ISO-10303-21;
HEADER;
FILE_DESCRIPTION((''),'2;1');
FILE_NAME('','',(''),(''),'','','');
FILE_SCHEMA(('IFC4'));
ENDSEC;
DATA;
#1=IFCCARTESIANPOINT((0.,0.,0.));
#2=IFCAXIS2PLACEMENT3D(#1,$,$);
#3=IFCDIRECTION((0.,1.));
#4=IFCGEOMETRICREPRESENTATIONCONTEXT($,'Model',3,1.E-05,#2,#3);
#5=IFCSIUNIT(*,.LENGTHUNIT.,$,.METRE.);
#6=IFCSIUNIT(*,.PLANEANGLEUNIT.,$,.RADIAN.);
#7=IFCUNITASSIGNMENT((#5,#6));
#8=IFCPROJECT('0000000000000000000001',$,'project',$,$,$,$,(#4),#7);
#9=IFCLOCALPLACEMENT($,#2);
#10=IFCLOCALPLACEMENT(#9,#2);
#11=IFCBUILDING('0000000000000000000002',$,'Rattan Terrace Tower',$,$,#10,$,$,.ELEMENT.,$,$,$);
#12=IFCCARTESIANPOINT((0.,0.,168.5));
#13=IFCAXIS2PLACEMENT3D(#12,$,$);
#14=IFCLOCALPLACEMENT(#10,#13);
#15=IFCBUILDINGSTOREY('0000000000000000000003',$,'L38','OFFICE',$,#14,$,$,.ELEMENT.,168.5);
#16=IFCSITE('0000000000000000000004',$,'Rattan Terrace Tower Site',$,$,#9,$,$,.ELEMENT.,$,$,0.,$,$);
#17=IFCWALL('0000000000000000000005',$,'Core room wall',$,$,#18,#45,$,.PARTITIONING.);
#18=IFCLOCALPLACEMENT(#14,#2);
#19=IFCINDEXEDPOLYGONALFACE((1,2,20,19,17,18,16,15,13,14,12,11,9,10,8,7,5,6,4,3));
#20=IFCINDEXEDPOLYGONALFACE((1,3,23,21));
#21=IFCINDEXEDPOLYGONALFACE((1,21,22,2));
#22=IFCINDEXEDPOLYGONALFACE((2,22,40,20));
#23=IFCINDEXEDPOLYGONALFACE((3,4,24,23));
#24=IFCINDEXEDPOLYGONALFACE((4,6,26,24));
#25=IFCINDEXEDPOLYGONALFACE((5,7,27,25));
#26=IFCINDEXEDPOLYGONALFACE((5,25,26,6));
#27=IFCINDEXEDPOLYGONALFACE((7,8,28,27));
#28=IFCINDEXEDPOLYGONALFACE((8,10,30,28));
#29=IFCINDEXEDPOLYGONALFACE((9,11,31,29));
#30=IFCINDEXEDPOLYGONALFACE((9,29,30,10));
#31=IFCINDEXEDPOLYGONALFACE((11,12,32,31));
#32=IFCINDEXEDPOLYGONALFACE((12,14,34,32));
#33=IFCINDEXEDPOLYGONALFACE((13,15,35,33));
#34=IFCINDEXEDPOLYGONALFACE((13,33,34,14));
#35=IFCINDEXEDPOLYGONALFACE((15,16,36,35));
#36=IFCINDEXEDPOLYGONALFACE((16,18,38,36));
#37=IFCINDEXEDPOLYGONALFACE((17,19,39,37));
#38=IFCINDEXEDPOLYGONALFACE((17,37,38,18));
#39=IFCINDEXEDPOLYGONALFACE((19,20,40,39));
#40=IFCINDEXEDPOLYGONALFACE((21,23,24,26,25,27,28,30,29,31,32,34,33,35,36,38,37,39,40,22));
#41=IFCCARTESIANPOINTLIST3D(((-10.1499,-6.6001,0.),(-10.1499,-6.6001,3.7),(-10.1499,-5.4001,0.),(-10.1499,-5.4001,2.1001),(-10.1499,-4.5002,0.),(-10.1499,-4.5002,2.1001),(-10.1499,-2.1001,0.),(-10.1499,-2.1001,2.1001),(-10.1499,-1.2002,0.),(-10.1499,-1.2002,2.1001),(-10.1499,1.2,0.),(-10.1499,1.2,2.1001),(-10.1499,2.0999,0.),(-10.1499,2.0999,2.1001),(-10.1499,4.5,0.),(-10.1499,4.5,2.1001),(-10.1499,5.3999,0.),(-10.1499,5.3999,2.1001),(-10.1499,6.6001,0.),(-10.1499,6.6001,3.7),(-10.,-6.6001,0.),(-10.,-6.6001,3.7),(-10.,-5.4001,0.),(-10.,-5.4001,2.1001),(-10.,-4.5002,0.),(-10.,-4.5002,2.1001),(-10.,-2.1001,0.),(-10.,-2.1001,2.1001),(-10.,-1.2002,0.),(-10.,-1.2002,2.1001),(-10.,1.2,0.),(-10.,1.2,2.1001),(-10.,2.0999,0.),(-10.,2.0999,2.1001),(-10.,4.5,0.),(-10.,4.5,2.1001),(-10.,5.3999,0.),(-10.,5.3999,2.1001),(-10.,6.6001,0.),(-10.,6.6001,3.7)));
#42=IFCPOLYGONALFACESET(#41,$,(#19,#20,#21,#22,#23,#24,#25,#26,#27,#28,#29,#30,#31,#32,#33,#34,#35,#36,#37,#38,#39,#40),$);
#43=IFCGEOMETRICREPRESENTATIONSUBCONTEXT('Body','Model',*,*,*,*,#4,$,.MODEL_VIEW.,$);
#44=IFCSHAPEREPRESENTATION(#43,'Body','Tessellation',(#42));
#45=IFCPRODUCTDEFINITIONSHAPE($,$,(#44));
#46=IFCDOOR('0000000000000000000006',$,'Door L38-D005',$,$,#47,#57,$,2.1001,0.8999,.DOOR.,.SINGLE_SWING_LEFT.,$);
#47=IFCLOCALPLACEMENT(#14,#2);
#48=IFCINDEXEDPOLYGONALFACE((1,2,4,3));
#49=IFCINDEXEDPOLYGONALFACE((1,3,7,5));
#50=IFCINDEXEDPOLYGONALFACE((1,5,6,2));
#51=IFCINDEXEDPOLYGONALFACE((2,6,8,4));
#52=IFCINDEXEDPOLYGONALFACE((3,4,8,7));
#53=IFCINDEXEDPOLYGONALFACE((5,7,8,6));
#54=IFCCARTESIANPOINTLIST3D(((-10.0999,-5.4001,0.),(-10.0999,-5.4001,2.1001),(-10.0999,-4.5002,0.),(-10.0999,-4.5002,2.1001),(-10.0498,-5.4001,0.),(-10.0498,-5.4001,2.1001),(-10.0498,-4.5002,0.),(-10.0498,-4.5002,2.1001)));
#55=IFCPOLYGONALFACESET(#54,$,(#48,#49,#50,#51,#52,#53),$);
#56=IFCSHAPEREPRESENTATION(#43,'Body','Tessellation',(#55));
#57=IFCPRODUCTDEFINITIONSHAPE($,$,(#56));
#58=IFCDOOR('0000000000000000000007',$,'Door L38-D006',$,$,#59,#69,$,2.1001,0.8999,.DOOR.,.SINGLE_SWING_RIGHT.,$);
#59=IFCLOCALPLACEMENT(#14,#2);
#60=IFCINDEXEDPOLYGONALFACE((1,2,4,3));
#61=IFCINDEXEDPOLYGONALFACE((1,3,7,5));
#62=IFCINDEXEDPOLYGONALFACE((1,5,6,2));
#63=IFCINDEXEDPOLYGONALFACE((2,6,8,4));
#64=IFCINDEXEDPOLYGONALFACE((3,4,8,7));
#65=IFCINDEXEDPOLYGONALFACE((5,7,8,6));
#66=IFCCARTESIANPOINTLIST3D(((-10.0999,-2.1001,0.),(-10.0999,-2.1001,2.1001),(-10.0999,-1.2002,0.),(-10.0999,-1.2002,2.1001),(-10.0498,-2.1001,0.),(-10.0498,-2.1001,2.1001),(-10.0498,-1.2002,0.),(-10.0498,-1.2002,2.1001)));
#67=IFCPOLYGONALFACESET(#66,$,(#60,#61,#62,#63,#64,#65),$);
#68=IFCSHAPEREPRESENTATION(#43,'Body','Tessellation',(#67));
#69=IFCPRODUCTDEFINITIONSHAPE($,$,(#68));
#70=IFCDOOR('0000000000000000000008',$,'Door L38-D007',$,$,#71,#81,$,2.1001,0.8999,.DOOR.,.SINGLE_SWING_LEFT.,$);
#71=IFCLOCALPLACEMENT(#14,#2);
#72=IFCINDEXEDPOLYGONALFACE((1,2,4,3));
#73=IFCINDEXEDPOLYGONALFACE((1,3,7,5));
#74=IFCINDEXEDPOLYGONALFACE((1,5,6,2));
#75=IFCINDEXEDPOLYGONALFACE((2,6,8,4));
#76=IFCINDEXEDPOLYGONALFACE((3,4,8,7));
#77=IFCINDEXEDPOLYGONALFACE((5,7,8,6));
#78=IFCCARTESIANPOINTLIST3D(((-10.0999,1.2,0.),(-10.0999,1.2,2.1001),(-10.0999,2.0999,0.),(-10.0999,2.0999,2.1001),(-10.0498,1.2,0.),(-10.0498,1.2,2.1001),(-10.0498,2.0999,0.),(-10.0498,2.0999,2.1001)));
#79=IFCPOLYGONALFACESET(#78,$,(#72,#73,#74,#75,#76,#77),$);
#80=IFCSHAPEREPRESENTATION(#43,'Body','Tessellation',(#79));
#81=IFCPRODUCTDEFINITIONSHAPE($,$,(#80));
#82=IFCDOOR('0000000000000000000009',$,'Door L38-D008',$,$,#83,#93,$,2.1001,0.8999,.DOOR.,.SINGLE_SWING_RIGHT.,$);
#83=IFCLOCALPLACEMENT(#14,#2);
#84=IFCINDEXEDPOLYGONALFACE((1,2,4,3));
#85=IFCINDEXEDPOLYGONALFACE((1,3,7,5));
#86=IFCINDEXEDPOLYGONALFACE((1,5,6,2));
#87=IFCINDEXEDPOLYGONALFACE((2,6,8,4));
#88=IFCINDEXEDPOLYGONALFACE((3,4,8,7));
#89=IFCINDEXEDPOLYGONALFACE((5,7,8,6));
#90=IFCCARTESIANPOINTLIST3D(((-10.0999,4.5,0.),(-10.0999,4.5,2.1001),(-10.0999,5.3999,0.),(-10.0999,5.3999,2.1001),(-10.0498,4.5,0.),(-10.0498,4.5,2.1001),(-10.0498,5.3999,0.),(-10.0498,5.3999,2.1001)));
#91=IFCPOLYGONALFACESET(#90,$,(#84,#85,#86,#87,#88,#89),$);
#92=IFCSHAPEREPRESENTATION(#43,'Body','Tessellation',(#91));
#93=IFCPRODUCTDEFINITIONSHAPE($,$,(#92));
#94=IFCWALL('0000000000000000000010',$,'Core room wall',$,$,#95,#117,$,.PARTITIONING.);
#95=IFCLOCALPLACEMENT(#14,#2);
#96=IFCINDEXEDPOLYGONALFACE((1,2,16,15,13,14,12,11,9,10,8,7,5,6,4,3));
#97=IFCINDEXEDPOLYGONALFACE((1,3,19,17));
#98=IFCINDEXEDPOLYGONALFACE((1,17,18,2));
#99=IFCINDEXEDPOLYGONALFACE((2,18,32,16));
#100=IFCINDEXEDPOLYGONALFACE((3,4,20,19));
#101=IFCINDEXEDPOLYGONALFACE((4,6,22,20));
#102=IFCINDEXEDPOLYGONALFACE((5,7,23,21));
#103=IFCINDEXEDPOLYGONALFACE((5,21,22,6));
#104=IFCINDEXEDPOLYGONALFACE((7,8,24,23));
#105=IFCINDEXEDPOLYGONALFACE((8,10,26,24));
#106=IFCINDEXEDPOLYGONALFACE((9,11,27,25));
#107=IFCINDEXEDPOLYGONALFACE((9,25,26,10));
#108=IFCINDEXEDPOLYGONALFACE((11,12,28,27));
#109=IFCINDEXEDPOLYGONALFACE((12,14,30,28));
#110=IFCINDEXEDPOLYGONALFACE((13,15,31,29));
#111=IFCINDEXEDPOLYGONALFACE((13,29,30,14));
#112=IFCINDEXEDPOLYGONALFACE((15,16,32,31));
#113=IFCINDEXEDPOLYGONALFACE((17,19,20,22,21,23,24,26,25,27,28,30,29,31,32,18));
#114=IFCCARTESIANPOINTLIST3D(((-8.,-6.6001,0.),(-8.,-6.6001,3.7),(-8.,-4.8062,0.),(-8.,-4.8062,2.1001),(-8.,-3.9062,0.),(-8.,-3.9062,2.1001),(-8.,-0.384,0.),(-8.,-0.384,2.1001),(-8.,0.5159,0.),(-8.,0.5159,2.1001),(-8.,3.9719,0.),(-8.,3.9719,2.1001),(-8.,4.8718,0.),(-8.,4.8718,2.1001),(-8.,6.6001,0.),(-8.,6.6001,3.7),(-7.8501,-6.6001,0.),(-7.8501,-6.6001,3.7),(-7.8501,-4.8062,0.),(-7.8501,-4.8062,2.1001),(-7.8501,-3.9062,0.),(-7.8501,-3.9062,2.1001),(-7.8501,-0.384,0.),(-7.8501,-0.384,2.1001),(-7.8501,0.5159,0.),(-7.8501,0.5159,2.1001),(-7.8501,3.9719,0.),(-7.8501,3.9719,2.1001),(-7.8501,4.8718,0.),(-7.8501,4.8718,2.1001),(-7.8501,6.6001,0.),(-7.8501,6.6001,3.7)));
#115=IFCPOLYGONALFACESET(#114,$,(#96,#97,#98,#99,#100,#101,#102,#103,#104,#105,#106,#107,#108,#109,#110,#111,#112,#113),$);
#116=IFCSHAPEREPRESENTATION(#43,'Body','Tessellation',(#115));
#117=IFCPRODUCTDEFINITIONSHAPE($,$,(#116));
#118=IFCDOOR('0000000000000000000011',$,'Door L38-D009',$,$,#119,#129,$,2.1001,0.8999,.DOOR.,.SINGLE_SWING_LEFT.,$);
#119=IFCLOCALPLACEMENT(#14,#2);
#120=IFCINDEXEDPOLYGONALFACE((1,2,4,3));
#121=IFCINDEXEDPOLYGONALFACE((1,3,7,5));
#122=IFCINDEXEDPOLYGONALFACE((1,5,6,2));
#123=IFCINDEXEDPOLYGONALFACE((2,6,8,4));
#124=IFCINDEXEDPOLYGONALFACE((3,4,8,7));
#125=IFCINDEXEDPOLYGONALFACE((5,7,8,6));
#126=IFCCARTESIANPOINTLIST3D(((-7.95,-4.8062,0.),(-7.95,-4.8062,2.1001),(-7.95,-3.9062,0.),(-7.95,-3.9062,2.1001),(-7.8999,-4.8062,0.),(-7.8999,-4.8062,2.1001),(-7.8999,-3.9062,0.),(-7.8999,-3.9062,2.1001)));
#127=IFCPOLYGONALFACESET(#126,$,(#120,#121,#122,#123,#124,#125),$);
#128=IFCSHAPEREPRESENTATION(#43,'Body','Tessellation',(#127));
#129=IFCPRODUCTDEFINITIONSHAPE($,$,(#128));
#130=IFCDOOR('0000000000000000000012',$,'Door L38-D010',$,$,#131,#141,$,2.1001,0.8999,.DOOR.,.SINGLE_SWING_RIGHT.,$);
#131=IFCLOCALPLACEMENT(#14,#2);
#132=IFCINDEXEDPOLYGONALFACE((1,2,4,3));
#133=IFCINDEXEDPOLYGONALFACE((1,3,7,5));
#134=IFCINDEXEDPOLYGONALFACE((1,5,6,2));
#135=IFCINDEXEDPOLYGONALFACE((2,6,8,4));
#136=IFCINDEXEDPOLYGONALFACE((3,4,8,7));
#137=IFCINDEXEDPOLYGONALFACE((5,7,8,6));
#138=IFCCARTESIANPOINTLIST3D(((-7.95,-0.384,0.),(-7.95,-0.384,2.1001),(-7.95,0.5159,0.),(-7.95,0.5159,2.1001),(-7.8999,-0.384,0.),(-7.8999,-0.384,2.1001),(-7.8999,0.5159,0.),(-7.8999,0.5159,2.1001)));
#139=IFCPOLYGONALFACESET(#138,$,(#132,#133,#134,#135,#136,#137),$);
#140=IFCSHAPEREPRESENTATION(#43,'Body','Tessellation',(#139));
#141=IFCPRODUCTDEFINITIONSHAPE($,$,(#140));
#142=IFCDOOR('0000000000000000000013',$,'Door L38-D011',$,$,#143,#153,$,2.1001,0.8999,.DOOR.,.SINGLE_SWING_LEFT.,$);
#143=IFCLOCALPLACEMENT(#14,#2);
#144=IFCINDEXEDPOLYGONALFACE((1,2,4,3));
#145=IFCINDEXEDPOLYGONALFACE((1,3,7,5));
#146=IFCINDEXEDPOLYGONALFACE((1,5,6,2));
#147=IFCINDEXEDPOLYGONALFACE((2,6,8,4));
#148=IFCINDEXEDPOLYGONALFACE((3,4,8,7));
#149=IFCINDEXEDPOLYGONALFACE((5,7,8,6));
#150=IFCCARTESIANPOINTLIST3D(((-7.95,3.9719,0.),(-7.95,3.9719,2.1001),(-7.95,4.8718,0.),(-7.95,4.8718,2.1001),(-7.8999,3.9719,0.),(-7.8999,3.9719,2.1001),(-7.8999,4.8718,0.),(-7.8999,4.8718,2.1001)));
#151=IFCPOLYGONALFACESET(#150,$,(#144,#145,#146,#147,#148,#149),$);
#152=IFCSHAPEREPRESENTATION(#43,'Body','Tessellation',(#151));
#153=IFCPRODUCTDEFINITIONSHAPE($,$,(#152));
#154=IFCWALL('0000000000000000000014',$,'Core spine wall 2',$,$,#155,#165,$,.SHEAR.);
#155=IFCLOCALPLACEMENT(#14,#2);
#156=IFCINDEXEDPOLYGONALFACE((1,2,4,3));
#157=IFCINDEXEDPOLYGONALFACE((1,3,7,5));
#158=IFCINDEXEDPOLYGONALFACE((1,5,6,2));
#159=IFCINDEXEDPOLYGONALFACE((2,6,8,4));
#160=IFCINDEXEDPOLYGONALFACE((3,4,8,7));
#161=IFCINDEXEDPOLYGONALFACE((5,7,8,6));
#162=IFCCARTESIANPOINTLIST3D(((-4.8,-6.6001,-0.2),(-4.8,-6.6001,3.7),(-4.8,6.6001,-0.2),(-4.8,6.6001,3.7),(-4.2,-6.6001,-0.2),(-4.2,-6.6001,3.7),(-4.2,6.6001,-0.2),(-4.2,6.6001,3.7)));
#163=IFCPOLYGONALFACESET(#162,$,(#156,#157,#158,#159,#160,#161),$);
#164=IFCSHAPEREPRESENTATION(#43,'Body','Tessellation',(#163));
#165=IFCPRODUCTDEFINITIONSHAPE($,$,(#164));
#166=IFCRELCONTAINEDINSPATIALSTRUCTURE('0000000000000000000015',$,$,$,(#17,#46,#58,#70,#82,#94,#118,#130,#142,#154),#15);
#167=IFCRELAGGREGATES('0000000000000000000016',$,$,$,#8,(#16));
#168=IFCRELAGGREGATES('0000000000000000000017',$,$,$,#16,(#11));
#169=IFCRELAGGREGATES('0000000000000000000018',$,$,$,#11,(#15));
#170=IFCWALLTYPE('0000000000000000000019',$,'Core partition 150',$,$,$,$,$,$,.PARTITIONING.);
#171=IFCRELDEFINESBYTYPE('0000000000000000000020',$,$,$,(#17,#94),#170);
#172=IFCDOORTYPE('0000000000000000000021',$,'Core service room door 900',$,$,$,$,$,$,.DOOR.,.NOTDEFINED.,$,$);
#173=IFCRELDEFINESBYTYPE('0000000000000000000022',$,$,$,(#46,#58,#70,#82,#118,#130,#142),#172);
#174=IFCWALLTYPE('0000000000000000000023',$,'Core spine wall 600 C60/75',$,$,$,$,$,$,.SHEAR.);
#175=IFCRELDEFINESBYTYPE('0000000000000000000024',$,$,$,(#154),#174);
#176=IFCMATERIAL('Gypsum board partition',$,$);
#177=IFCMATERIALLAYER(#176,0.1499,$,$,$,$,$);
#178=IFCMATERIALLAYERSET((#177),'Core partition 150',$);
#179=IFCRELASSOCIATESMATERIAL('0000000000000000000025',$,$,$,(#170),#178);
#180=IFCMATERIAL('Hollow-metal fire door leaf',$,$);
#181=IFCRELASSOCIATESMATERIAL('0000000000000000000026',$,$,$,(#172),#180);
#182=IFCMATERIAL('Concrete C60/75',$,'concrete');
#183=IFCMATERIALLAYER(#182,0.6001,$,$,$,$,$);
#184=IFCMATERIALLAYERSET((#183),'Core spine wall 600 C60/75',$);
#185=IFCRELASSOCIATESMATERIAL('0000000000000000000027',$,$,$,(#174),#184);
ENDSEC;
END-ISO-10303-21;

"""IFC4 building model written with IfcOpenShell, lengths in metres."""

from ifc_helpers import new_model, si_unit, direction, frame, frame_2d, origin, place, context, subcontext, project, spatial, rectangle, extrude, material, layer, layer_set, type_object, element, fill, save


model = new_model("IFC4")

# Units and contexts
model_context = context("Model", 3, precision=1e-05, world=origin(), true_north=direction((0.0, 1.0)))
body_context = subcontext(model_context, "Body", "Model", "MODEL_VIEW")
ifc_project = project(units=[si_unit("LENGTHUNIT", "METRE"), si_unit("PLANEANGLEUNIT", "RADIAN")], contexts=[model_context])

# Site, building, storey
site_placement = place(None, origin())
site = spatial("IfcSite", under=ifc_project, at=site_placement, Name="Rattan Terrace Tower Site", CompositionType="ELEMENT", RefElevation=0.0)
building_placement = place(site_placement, origin())
building = spatial("IfcBuilding", under=site, at=building_placement, Name="Rattan Terrace Tower", CompositionType="ELEMENT")
storey_placement = place(building_placement, frame((0.0, 0.0, 168.5)))
storey = spatial("IfcBuildingStorey", under=building, at=storey_placement, Name="L38", Description="OFFICE", CompositionType="ELEMENT", Elevation=168.5)

# Walls, openings, doors
ifc_material_1 = material(Name="Gypsum board partition")
ifc_layer_1 = layer(ifc_material_1, 0.1499)
ifc_layer_set_1 = layer_set([ifc_layer_1], Name="Core partition 150")
wall_type_1 = type_object("IfcWallType", Name="Core partition 150", PredefinedType="PARTITIONING", material=ifc_layer_set_1)
wall_1_placement = place(storey_placement, frame((-10.075, -6.6001, 0.0), z_axis=(0.0, 0.0, 1.0), x_axis=(0.0, 1.0, 0.0)))
wall_1 = element("IfcWall", 1, at=wall_1_placement, inside=storey, type_object=wall_type_1, Name="Core room wall", PredefinedType="PARTITIONING", context=body_context, shape_type="SweptSolid", body=[
    extrude(rectangle(XDim=13.2002, YDim=0.1499, at=frame_2d((6.6001, 0.0))), origin(), (0.0, 0.0, 1.0), 3.7),
])
opening_1_placement = place(wall_1_placement, frame((1.2, 0.0, 0.0)))
opening_1 = element("IfcOpeningElement", 2, at=opening_1_placement, cuts=wall_1, PredefinedType="OPENING", context=body_context, shape_type="SweptSolid", body=[
    extrude(rectangle(XDim=0.8999, YDim=2.1001, at=frame_2d((0.45, 1.05))), frame((0.0, 0.0854, 0.0), z_axis=(0.0, -1.0, 0.0), x_axis=(1.0, 0.0, 0.0)), (0.0, 0.0, 1.0), 0.1709),
])
opening_2_placement = place(wall_1_placement, frame((4.5, 0.0, 0.0)))
opening_2 = element("IfcOpeningElement", 3, at=opening_2_placement, cuts=wall_1, PredefinedType="OPENING", context=body_context, shape_type="SweptSolid", body=[
    extrude(rectangle(XDim=0.8999, YDim=2.1001, at=frame_2d((0.45, 1.05))), frame((0.0, 0.0854, 0.0), z_axis=(0.0, -1.0, 0.0), x_axis=(1.0, 0.0, 0.0)), (0.0, 0.0, 1.0), 0.1709),
])
opening_3_placement = place(wall_1_placement, frame((7.8, 0.0, 0.0)))
opening_3 = element("IfcOpeningElement", 4, at=opening_3_placement, cuts=wall_1, PredefinedType="OPENING", context=body_context, shape_type="SweptSolid", body=[
    extrude(rectangle(XDim=0.8999, YDim=2.1001, at=frame_2d((0.45, 1.05))), frame((0.0, 0.0854, 0.0), z_axis=(0.0, -1.0, 0.0), x_axis=(1.0, 0.0, 0.0)), (0.0, 0.0, 1.0), 0.1709),
])
opening_4_placement = place(wall_1_placement, frame((11.1001, 0.0, 0.0)))
opening_4 = element("IfcOpeningElement", 5, at=opening_4_placement, cuts=wall_1, PredefinedType="OPENING", context=body_context, shape_type="SweptSolid", body=[
    extrude(rectangle(XDim=0.8999, YDim=2.1001, at=frame_2d((0.45, 1.05))), frame((0.0, 0.0854, 0.0), z_axis=(0.0, -1.0, 0.0), x_axis=(1.0, 0.0, 0.0)), (0.0, 0.0, 1.0), 0.1709),
])
ifc_material_2 = material(Name="Hollow-metal fire door leaf")
door_type_1 = type_object("IfcDoorType", Name="Core service room door 900", OperationType="NOTDEFINED", PredefinedType="DOOR", material=ifc_material_2)
door_1_placement = place(opening_1_placement, origin())
door_1 = element("IfcDoor", 6, at=door_1_placement, inside=storey, type_object=door_type_1, Name="Door L38-D005", OperationType="SINGLE_SWING_LEFT", OverallHeight=2.1001, OverallWidth=0.8999, PredefinedType="DOOR", context=body_context, shape_type="SweptSolid", body=[
    extrude(rectangle(XDim=0.8999, YDim=2.1001, at=frame_2d((0.45, 1.05))), frame((0.0, 0.0249, 0.0), z_axis=(0.0, -1.0, 0.0), x_axis=(1.0, 0.0, 0.0)), (0.0, 0.0, 1.0), 0.05),
])
fill(opening_1, door_1)
door_2_placement = place(opening_2_placement, origin())
door_2 = element("IfcDoor", 7, at=door_2_placement, inside=storey, type_object=door_type_1, Name="Door L38-D006", OperationType="SINGLE_SWING_RIGHT", OverallHeight=2.1001, OverallWidth=0.8999, PredefinedType="DOOR", context=body_context, shape_type="SweptSolid", body=[
    extrude(rectangle(XDim=0.8999, YDim=2.1001, at=frame_2d((0.45, 1.05))), frame((0.0, 0.0249, 0.0), z_axis=(0.0, -1.0, 0.0), x_axis=(1.0, 0.0, 0.0)), (0.0, 0.0, 1.0), 0.05),
])
fill(opening_2, door_2)
door_3_placement = place(opening_3_placement, origin())
door_3 = element("IfcDoor", 8, at=door_3_placement, inside=storey, type_object=door_type_1, Name="Door L38-D007", OperationType="SINGLE_SWING_LEFT", OverallHeight=2.1001, OverallWidth=0.8999, PredefinedType="DOOR", context=body_context, shape_type="SweptSolid", body=[
    extrude(rectangle(XDim=0.8999, YDim=2.1001, at=frame_2d((0.45, 1.05))), frame((0.0, 0.0249, 0.0), z_axis=(0.0, -1.0, 0.0), x_axis=(1.0, 0.0, 0.0)), (0.0, 0.0, 1.0), 0.05),
])
fill(opening_3, door_3)
door_4_placement = place(opening_4_placement, origin())
door_4 = element("IfcDoor", 9, at=door_4_placement, inside=storey, type_object=door_type_1, Name="Door L38-D008", OperationType="SINGLE_SWING_RIGHT", OverallHeight=2.1001, OverallWidth=0.8999, PredefinedType="DOOR", context=body_context, shape_type="SweptSolid", body=[
    extrude(rectangle(XDim=0.8999, YDim=2.1001, at=frame_2d((0.45, 1.05))), frame((0.0, 0.0249, 0.0), z_axis=(0.0, -1.0, 0.0), x_axis=(1.0, 0.0, 0.0)), (0.0, 0.0, 1.0), 0.05),
])
fill(opening_4, door_4)
wall_2_placement = place(storey_placement, frame((-7.925, -6.6001, 0.0), z_axis=(0.0, 0.0, 1.0), x_axis=(0.0, 1.0, 0.0)))
wall_2 = element("IfcWall", 10, at=wall_2_placement, inside=storey, type_object=wall_type_1, Name="Core room wall", PredefinedType="PARTITIONING", context=body_context, shape_type="SweptSolid", body=[
    extrude(rectangle(XDim=13.2002, YDim=0.1499, at=frame_2d((6.6001, 0.0))), origin(), (0.0, 0.0, 1.0), 3.7),
])
opening_5_placement = place(wall_2_placement, frame((1.7939, 0.0, 0.0)))
opening_5 = element("IfcOpeningElement", 11, at=opening_5_placement, cuts=wall_2, PredefinedType="OPENING", context=body_context, shape_type="SweptSolid", body=[
    extrude(rectangle(XDim=0.8999, YDim=2.1001, at=frame_2d((0.45, 1.05))), frame((0.0, 0.0854, 0.0), z_axis=(0.0, -1.0, 0.0), x_axis=(1.0, 0.0, 0.0)), (0.0, 0.0, 1.0), 0.1709),
])
opening_6_placement = place(wall_2_placement, frame((6.2161, 0.0, 0.0)))
opening_6 = element("IfcOpeningElement", 12, at=opening_6_placement, cuts=wall_2, PredefinedType="OPENING", context=body_context, shape_type="SweptSolid", body=[
    extrude(rectangle(XDim=0.8999, YDim=2.1001, at=frame_2d((0.45, 1.05))), frame((0.0, 0.0854, 0.0), z_axis=(0.0, -1.0, 0.0), x_axis=(1.0, 0.0, 0.0)), (0.0, 0.0, 1.0), 0.1709),
])
opening_7_placement = place(wall_2_placement, frame((10.572, 0.0, 0.0)))
opening_7 = element("IfcOpeningElement", 13, at=opening_7_placement, cuts=wall_2, PredefinedType="OPENING", context=body_context, shape_type="SweptSolid", body=[
    extrude(rectangle(XDim=0.8999, YDim=2.1001, at=frame_2d((0.45, 1.05))), frame((0.0, 0.0854, 0.0), z_axis=(0.0, -1.0, 0.0), x_axis=(1.0, 0.0, 0.0)), (0.0, 0.0, 1.0), 0.1709),
])
door_5_placement = place(opening_5_placement, origin())
door_5 = element("IfcDoor", 14, at=door_5_placement, inside=storey, type_object=door_type_1, Name="Door L38-D009", OperationType="SINGLE_SWING_LEFT", OverallHeight=2.1001, OverallWidth=0.8999, PredefinedType="DOOR", context=body_context, shape_type="SweptSolid", body=[
    extrude(rectangle(XDim=0.8999, YDim=2.1001, at=frame_2d((0.45, 1.05))), frame((0.0, 0.0249, 0.0), z_axis=(0.0, -1.0, 0.0), x_axis=(1.0, 0.0, 0.0)), (0.0, 0.0, 1.0), 0.05),
])
fill(opening_5, door_5)
door_6_placement = place(opening_6_placement, origin())
door_6 = element("IfcDoor", 15, at=door_6_placement, inside=storey, type_object=door_type_1, Name="Door L38-D010", OperationType="SINGLE_SWING_RIGHT", OverallHeight=2.1001, OverallWidth=0.8999, PredefinedType="DOOR", context=body_context, shape_type="SweptSolid", body=[
    extrude(rectangle(XDim=0.8999, YDim=2.1001, at=frame_2d((0.45, 1.05))), frame((0.0, 0.0249, 0.0), z_axis=(0.0, -1.0, 0.0), x_axis=(1.0, 0.0, 0.0)), (0.0, 0.0, 1.0), 0.05),
])
fill(opening_6, door_6)
door_7_placement = place(opening_7_placement, origin())
door_7 = element("IfcDoor", 16, at=door_7_placement, inside=storey, type_object=door_type_1, Name="Door L38-D011", OperationType="SINGLE_SWING_LEFT", OverallHeight=2.1001, OverallWidth=0.8999, PredefinedType="DOOR", context=body_context, shape_type="SweptSolid", body=[
    extrude(rectangle(XDim=0.8999, YDim=2.1001, at=frame_2d((0.45, 1.05))), frame((0.0, 0.0249, 0.0), z_axis=(0.0, -1.0, 0.0), x_axis=(1.0, 0.0, 0.0)), (0.0, 0.0, 1.0), 0.05),
])
fill(opening_7, door_7)

# Wall
ifc_material_3 = material(Name="Concrete C60/75", Category="concrete")
ifc_layer_2 = layer(ifc_material_3, 0.6001)
ifc_layer_set_2 = layer_set([ifc_layer_2], Name="Core spine wall 600 C60/75")
wall_type_2 = type_object("IfcWallType", Name="Core spine wall 600 C60/75", PredefinedType="SHEAR", material=ifc_layer_set_2)
wall_3_placement = place(storey_placement, frame((-4.5, -6.6001, -0.2), z_axis=(0.0, 0.0, 1.0), x_axis=(0.0, 1.0, 0.0)))
element("IfcWall", 17, at=wall_3_placement, inside=storey, type_object=wall_type_2, Name="Core spine wall 2", PredefinedType="SHEAR", context=body_context, shape_type="SweptSolid", body=[
    extrude(rectangle(XDim=13.2002, YDim=0.6001, at=frame_2d((6.6001, 0.0))), origin(), (0.0, 0.0, 1.0), 3.8999),
])

save(model, "model.ifc")
